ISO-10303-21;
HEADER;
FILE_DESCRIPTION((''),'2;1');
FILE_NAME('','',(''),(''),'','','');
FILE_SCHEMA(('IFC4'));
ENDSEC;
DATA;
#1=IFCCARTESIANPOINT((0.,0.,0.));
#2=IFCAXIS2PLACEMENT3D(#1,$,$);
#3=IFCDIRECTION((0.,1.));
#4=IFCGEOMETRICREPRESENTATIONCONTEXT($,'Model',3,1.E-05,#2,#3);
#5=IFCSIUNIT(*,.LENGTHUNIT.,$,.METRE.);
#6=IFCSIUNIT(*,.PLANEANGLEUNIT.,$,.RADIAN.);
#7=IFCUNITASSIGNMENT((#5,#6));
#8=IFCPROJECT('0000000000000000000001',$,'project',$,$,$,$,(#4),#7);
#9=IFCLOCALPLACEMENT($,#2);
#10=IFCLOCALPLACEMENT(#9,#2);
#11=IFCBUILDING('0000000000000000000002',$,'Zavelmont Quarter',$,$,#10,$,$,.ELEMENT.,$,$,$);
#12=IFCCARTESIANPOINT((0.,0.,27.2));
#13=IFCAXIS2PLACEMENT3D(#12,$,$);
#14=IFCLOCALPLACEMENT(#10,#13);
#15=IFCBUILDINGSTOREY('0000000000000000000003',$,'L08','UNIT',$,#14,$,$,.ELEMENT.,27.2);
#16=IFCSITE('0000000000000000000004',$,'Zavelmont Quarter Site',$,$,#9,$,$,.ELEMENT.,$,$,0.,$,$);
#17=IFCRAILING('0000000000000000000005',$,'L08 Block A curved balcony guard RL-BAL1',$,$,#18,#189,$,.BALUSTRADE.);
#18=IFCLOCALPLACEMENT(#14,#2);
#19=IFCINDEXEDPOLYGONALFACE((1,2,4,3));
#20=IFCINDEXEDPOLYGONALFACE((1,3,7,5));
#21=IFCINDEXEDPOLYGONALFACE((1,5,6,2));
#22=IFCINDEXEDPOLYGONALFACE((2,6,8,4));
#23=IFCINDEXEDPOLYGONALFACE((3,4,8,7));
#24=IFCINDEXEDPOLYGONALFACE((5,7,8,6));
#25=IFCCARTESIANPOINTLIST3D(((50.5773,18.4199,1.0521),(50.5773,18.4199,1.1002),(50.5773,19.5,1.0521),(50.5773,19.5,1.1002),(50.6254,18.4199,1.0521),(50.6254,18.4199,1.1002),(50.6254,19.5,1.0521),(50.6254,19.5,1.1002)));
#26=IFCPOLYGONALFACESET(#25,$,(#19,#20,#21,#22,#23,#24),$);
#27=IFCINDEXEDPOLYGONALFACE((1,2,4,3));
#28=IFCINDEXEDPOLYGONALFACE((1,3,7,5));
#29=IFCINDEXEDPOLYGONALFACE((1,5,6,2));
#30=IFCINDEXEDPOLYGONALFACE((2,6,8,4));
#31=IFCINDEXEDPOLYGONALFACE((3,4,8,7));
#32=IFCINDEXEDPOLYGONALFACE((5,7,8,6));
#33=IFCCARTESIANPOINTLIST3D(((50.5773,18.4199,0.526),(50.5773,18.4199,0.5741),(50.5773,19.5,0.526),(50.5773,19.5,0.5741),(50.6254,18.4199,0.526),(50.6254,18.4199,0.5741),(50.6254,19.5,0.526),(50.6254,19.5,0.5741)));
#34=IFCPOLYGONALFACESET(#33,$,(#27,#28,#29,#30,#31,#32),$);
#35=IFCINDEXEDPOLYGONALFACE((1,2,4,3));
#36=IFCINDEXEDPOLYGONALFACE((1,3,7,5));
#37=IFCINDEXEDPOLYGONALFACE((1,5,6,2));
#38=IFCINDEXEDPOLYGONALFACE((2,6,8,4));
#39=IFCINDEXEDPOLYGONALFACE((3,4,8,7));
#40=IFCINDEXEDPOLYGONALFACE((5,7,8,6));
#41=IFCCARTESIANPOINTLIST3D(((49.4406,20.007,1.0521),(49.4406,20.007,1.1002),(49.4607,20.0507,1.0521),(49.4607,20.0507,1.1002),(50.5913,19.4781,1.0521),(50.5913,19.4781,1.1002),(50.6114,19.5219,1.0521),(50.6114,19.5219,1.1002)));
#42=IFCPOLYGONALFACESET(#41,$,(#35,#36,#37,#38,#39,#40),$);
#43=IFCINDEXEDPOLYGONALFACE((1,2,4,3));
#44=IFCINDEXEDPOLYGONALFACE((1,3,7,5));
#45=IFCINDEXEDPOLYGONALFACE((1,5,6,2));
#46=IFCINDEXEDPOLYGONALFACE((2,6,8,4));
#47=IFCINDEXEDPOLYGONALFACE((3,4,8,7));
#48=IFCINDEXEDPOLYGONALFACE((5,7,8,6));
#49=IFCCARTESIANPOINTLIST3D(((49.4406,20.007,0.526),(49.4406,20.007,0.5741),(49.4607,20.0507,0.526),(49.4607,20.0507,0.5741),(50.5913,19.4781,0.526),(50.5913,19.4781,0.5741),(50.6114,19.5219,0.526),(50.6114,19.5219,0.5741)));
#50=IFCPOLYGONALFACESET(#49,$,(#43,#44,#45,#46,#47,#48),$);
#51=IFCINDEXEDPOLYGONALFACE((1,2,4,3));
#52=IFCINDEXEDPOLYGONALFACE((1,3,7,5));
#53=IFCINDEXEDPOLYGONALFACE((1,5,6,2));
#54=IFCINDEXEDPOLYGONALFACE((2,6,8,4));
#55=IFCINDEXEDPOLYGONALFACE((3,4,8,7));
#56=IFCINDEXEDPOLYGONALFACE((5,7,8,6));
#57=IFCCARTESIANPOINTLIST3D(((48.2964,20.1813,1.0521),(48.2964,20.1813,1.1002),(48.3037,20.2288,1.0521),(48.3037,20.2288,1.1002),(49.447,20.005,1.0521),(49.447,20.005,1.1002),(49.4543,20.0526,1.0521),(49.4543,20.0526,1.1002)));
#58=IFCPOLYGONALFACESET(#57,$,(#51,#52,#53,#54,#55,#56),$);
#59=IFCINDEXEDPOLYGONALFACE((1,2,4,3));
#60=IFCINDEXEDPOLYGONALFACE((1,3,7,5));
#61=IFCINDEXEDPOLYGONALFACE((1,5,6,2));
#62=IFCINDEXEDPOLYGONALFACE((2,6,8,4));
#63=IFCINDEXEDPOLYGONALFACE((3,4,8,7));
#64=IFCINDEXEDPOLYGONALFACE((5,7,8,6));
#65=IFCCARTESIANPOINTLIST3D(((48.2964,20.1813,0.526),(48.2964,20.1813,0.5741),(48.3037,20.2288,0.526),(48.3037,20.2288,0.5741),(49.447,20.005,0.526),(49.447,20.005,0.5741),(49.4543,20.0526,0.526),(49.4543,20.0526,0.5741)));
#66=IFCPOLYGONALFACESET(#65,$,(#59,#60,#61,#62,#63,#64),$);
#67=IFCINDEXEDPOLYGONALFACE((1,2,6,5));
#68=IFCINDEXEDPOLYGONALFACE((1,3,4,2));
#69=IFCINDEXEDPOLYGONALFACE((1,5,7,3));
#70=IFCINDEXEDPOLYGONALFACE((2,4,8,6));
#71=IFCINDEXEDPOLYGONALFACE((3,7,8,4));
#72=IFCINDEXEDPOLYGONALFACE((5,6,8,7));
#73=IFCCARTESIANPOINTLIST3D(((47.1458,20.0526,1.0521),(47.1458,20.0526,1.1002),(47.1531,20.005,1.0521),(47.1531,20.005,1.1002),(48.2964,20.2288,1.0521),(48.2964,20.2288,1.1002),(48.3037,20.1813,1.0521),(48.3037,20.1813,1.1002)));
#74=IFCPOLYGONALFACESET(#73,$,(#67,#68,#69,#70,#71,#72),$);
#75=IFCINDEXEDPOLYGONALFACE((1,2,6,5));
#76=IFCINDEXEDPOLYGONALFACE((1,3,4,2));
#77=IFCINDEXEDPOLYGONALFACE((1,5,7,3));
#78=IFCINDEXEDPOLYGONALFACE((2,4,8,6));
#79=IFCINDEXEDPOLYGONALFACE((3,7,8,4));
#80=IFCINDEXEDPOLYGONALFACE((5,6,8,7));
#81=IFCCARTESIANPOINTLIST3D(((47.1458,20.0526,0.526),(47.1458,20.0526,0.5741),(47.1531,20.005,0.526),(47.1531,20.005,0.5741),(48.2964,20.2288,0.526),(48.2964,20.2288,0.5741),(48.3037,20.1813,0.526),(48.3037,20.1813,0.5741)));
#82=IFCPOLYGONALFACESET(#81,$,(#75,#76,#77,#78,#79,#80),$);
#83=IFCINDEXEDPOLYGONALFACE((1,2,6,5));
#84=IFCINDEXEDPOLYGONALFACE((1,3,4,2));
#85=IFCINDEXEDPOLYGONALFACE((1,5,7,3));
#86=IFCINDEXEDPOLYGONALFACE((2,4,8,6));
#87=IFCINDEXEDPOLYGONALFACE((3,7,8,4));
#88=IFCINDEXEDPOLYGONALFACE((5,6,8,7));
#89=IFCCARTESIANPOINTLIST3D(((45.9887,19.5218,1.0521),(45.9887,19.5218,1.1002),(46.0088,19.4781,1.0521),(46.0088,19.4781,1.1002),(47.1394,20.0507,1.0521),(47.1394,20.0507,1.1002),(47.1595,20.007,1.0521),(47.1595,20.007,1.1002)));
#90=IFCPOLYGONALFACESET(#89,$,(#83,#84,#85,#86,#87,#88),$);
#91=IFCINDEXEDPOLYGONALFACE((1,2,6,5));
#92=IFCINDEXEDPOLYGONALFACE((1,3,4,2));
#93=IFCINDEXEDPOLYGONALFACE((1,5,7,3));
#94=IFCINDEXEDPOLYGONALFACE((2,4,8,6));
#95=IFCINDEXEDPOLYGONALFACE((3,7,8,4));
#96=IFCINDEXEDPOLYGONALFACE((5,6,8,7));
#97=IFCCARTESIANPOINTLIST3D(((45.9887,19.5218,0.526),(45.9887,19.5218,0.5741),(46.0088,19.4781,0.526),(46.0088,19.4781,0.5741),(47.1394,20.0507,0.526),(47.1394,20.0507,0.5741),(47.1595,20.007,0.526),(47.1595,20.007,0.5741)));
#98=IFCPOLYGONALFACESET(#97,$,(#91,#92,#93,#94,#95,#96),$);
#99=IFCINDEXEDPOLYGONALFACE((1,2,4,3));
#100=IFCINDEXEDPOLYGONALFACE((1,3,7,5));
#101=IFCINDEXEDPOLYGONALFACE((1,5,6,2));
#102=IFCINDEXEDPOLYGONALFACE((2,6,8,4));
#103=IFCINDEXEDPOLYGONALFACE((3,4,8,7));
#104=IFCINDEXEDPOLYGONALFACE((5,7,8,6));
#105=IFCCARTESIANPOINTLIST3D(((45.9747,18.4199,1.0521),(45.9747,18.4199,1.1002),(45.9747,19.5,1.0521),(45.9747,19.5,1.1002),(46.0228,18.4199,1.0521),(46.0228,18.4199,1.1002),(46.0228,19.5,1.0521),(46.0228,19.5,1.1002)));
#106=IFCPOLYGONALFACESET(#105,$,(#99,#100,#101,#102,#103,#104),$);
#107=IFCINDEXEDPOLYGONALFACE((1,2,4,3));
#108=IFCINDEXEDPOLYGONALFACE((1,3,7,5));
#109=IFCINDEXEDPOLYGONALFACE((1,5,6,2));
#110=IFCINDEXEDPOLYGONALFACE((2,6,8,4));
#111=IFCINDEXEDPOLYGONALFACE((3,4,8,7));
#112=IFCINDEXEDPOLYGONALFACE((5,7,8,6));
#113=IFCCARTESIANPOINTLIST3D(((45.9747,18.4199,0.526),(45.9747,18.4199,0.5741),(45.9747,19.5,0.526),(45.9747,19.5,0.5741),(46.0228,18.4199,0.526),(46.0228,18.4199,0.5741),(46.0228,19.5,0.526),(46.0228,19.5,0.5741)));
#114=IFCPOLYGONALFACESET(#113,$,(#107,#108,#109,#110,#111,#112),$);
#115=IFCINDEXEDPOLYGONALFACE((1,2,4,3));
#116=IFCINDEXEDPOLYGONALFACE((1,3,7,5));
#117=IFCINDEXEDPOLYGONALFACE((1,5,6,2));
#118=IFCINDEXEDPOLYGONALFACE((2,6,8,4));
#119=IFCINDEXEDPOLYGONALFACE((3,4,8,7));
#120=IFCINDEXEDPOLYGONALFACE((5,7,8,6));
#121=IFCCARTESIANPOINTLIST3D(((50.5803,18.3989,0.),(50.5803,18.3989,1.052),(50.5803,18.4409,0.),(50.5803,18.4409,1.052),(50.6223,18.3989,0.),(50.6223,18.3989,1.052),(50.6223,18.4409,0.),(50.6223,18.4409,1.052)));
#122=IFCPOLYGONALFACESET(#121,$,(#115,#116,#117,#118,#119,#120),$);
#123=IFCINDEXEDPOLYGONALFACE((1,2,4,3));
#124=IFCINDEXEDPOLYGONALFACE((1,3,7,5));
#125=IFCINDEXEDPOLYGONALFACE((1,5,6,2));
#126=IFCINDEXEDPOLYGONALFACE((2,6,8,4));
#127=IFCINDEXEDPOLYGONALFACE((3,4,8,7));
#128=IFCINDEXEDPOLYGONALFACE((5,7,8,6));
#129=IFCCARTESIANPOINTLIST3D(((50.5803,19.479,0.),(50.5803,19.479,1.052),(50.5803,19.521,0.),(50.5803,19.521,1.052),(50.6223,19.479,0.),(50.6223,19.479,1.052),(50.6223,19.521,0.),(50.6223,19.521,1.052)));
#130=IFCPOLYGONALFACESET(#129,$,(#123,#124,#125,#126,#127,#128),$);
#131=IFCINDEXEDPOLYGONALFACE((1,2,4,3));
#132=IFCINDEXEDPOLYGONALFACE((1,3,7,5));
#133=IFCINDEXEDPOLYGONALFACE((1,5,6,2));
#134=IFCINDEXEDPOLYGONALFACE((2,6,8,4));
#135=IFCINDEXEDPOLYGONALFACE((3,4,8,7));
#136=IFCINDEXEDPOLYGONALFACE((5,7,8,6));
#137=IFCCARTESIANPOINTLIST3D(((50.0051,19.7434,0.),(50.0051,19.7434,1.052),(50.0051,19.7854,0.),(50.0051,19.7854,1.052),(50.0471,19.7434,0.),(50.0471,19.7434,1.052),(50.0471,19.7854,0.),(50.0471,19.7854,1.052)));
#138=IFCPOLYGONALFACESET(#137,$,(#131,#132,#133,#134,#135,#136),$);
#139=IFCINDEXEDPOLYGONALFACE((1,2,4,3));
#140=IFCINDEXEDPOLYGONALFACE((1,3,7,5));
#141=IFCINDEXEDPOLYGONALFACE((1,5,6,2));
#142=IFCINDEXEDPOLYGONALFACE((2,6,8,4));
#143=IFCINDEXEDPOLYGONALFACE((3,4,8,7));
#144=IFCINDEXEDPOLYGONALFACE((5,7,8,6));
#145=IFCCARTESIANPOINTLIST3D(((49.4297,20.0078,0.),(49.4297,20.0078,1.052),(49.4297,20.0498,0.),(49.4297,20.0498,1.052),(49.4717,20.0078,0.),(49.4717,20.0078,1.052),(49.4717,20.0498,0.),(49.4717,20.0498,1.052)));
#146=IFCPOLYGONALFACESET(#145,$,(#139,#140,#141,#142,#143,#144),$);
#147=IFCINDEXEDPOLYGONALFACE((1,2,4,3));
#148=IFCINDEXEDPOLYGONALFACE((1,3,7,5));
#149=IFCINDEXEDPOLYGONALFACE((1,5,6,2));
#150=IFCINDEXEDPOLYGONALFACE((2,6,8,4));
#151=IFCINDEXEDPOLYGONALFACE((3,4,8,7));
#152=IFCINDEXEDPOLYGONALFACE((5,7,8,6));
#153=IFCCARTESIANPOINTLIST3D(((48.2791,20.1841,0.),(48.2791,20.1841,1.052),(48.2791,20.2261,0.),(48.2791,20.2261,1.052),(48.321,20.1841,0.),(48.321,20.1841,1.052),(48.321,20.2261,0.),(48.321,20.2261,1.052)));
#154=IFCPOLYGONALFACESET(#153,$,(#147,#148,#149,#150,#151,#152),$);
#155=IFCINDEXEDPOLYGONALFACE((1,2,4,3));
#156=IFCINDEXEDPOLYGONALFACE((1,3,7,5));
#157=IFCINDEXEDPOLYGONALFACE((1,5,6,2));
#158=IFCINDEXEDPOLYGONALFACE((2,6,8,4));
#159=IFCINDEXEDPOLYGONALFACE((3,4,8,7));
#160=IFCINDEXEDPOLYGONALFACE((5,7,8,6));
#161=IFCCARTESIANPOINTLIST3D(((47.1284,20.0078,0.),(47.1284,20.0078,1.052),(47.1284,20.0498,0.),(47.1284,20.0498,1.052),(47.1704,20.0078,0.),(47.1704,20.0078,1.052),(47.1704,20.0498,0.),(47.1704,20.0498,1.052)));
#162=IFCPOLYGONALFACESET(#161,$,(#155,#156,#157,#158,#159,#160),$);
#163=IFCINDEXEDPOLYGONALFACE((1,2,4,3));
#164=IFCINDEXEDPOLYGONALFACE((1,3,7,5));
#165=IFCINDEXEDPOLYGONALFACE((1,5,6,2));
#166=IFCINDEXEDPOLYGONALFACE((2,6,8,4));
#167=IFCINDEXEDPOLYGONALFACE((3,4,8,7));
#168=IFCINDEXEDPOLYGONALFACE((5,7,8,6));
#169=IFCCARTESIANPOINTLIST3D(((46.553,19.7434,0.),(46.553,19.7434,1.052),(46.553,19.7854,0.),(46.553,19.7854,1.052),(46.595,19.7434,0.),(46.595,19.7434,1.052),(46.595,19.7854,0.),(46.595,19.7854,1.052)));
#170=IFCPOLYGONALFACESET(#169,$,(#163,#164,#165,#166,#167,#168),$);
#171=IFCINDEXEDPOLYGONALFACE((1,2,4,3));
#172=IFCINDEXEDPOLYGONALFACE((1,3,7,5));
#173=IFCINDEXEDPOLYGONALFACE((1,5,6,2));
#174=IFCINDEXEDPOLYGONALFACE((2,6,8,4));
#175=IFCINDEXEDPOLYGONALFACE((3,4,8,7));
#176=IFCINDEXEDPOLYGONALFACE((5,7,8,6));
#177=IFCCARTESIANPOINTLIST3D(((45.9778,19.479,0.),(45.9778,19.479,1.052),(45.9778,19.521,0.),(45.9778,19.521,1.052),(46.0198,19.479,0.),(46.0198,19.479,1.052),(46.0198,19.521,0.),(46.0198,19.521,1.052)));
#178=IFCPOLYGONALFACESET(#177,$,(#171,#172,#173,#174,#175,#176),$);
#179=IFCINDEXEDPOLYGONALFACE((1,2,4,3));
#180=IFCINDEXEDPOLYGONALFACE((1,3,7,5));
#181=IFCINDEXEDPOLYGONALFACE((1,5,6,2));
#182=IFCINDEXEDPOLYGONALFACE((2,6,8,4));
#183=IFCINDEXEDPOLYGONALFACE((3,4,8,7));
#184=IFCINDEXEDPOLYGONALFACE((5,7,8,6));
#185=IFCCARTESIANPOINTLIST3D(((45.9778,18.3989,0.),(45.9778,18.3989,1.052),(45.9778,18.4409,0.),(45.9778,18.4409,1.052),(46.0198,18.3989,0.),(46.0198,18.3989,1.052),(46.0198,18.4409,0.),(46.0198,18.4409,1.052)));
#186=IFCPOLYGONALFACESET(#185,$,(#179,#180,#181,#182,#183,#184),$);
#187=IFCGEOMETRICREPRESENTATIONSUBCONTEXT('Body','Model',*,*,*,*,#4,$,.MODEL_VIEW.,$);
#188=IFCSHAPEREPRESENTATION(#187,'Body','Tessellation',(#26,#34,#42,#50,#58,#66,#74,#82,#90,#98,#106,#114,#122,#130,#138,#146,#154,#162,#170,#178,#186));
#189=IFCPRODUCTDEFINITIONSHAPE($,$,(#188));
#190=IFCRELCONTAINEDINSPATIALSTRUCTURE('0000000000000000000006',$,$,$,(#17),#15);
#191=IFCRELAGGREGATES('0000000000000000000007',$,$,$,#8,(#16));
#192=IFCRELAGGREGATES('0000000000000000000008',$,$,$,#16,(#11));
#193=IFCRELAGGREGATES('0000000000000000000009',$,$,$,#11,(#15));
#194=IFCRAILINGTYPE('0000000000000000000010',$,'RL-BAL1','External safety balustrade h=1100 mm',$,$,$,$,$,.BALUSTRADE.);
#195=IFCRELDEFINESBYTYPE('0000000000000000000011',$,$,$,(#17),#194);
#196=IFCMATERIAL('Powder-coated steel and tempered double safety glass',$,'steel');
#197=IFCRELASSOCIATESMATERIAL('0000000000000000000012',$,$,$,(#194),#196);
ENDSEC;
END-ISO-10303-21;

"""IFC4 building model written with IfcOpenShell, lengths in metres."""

from ifc_helpers import new_model, si_unit, direction, frame, origin, origin_2d, place, context, subcontext, project, spatial, rectangle, extrude, material, type_object, element, save


model = new_model("IFC4")

# Units and contexts
model_context = context("Model", 3, precision=1e-05, world=origin(), true_north=direction((0.0, 1.0)))
body_context = subcontext(model_context, "Body", "Model", "MODEL_VIEW")
ifc_project = project(units=[si_unit("LENGTHUNIT", "METRE"), si_unit("PLANEANGLEUNIT", "RADIAN")], contexts=[model_context])

# Site, building, storey
site_placement = place(None, origin())
site = spatial("IfcSite", under=ifc_project, at=site_placement, Name="Zavelmont Quarter Site", CompositionType="ELEMENT", RefElevation=0.0)
building_placement = place(site_placement, origin())
building = spatial("IfcBuilding", under=site, at=building_placement, Name="Zavelmont Quarter", CompositionType="ELEMENT")
storey_placement = place(building_placement, frame((0.0, 0.0, 27.2)))
storey = spatial("IfcBuildingStorey", under=building, at=storey_placement, Name="L08", Description="UNIT", CompositionType="ELEMENT", Elevation=27.2)

# Railing
ifc_material_1 = material(Name="Powder-coated steel and tempered double safety glass", Category="steel")
railing_type = type_object("IfcRailingType", Name="RL-BAL1", Description="External safety balustrade h=1100 mm", PredefinedType="BALUSTRADE", material=ifc_material_1)
railing_1_placement = place(storey_placement, frame((50.6013, 18.4199, 0.0)))
element("IfcRailing", 1, at=railing_1_placement, inside=storey, type_object=railing_type, Name="L08 Block A curved balcony guard RL-BAL1", PredefinedType="BALUSTRADE", context=body_context, shape_type="SweptSolid", body=[
    extrude(rectangle(XDim=0.0481, YDim=0.0481, at=origin_2d()), frame((0.0, 0.0, 1.0762), z_axis=(0.0, 1.0, 0.0), x_axis=(-1.0, 0.0, 0.0)), (0.0, 0.0, 1.0), 1.0801),
    extrude(rectangle(XDim=0.0481, YDim=0.0481, at=origin_2d()), frame((0.0, 0.0, 0.55), z_axis=(0.0, 1.0, 0.0), x_axis=(-1.0, 0.0, 0.0)), (0.0, 0.0, 1.0), 1.0801),
    extrude(rectangle(XDim=0.0481, YDim=0.0481, at=origin_2d()), frame((0.0, 1.0801, 1.0762), z_axis=(-0.908635, 0.417591, 0.0), x_axis=(-0.417591, -0.908635, 0.0)), (0.0, 0.0, 1.0), 1.2664),
    extrude(rectangle(XDim=0.0481, YDim=0.0481, at=origin_2d()), frame((0.0, 1.0801, 0.55), z_axis=(-0.908635, 0.417591, 0.0), x_axis=(-0.417591, -0.908635, 0.0)), (0.0, 0.0, 1.0), 1.2664),
    extrude(rectangle(XDim=0.0481, YDim=0.0481, at=origin_2d()), frame((-1.1506, 1.6089, 1.0762), z_axis=(-0.988468, 0.151427, 0.0), x_axis=(-0.151427, -0.988468, 0.0)), (0.0, 0.0, 1.0), 1.1641),
    extrude(rectangle(XDim=0.0481, YDim=0.0481, at=origin_2d()), frame((-1.1506, 1.6089, 0.55), z_axis=(-0.988468, 0.151427, 0.0), x_axis=(-0.151427, -0.988468, 0.0)), (0.0, 0.0, 1.0), 1.1641),
    extrude(rectangle(XDim=0.0481, YDim=0.0481, at=origin_2d()), frame((-2.3013, 1.7852, 1.0762), z_axis=(-0.988468, -0.151427, 0.0), x_axis=(0.151427, -0.988468, 0.0)), (0.0, 0.0, 1.0), 1.1641),
    extrude(rectangle(XDim=0.0481, YDim=0.0481, at=origin_2d()), frame((-2.3013, 1.7852, 0.55), z_axis=(-0.988468, -0.151427, 0.0), x_axis=(0.151427, -0.988468, 0.0)), (0.0, 0.0, 1.0), 1.1641),
    extrude(rectangle(XDim=0.0481, YDim=0.0481, at=origin_2d()), frame((-3.4519, 1.6089, 1.0762), z_axis=(-0.908635, -0.417591, 0.0), x_axis=(0.417591, -0.908635, 0.0)), (0.0, 0.0, 1.0), 1.2664),
    extrude(rectangle(XDim=0.0481, YDim=0.0481, at=origin_2d()), frame((-3.4519, 1.6089, 0.55), z_axis=(-0.908635, -0.417591, 0.0), x_axis=(0.417591, -0.908635, 0.0)), (0.0, 0.0, 1.0), 1.2664),
    extrude(rectangle(XDim=0.0481, YDim=0.0481, at=origin_2d()), frame((-4.6025, 1.0801, 1.0762), z_axis=(0.0, -1.0, 0.0), x_axis=(1.0, 0.0, 0.0)), (0.0, 0.0, 1.0), 1.0801),
    extrude(rectangle(XDim=0.0481, YDim=0.0481, at=origin_2d()), frame((-4.6025, 1.0801, 0.55), z_axis=(0.0, -1.0, 0.0), x_axis=(1.0, 0.0, 0.0)), (0.0, 0.0, 1.0), 1.0801),
    extrude(rectangle(XDim=0.042, YDim=0.042, at=origin_2d()), origin(), (0.0, 0.0, 1.0), 1.052),
    extrude(rectangle(XDim=0.042, YDim=0.042, at=origin_2d()), frame((0.0, 1.0801, 0.0)), (0.0, 0.0, 1.0), 1.052),
    extrude(rectangle(XDim=0.042, YDim=0.042, at=origin_2d()), frame((-0.5752, 1.3445, 0.0)), (0.0, 0.0, 1.0), 1.052),
    extrude(rectangle(XDim=0.042, YDim=0.042, at=origin_2d()), frame((-1.1506, 1.6089, 0.0)), (0.0, 0.0, 1.0), 1.052),
    extrude(rectangle(XDim=0.042, YDim=0.042, at=origin_2d()), frame((-2.3013, 1.7852, 0.0)), (0.0, 0.0, 1.0), 1.052),
    extrude(rectangle(XDim=0.042, YDim=0.042, at=origin_2d()), frame((-3.4519, 1.6089, 0.0)), (0.0, 0.0, 1.0), 1.052),
    extrude(rectangle(XDim=0.042, YDim=0.042, at=origin_2d()), frame((-4.0273, 1.3445, 0.0)), (0.0, 0.0, 1.0), 1.052),
    extrude(rectangle(XDim=0.042, YDim=0.042, at=origin_2d()), frame((-4.6025, 1.0801, 0.0)), (0.0, 0.0, 1.0), 1.052),
    extrude(rectangle(XDim=0.042, YDim=0.042, at=origin_2d()), frame((-4.6025, 0.0, 0.0)), (0.0, 0.0, 1.0), 1.052),
])

save(model, "model.ifc")
